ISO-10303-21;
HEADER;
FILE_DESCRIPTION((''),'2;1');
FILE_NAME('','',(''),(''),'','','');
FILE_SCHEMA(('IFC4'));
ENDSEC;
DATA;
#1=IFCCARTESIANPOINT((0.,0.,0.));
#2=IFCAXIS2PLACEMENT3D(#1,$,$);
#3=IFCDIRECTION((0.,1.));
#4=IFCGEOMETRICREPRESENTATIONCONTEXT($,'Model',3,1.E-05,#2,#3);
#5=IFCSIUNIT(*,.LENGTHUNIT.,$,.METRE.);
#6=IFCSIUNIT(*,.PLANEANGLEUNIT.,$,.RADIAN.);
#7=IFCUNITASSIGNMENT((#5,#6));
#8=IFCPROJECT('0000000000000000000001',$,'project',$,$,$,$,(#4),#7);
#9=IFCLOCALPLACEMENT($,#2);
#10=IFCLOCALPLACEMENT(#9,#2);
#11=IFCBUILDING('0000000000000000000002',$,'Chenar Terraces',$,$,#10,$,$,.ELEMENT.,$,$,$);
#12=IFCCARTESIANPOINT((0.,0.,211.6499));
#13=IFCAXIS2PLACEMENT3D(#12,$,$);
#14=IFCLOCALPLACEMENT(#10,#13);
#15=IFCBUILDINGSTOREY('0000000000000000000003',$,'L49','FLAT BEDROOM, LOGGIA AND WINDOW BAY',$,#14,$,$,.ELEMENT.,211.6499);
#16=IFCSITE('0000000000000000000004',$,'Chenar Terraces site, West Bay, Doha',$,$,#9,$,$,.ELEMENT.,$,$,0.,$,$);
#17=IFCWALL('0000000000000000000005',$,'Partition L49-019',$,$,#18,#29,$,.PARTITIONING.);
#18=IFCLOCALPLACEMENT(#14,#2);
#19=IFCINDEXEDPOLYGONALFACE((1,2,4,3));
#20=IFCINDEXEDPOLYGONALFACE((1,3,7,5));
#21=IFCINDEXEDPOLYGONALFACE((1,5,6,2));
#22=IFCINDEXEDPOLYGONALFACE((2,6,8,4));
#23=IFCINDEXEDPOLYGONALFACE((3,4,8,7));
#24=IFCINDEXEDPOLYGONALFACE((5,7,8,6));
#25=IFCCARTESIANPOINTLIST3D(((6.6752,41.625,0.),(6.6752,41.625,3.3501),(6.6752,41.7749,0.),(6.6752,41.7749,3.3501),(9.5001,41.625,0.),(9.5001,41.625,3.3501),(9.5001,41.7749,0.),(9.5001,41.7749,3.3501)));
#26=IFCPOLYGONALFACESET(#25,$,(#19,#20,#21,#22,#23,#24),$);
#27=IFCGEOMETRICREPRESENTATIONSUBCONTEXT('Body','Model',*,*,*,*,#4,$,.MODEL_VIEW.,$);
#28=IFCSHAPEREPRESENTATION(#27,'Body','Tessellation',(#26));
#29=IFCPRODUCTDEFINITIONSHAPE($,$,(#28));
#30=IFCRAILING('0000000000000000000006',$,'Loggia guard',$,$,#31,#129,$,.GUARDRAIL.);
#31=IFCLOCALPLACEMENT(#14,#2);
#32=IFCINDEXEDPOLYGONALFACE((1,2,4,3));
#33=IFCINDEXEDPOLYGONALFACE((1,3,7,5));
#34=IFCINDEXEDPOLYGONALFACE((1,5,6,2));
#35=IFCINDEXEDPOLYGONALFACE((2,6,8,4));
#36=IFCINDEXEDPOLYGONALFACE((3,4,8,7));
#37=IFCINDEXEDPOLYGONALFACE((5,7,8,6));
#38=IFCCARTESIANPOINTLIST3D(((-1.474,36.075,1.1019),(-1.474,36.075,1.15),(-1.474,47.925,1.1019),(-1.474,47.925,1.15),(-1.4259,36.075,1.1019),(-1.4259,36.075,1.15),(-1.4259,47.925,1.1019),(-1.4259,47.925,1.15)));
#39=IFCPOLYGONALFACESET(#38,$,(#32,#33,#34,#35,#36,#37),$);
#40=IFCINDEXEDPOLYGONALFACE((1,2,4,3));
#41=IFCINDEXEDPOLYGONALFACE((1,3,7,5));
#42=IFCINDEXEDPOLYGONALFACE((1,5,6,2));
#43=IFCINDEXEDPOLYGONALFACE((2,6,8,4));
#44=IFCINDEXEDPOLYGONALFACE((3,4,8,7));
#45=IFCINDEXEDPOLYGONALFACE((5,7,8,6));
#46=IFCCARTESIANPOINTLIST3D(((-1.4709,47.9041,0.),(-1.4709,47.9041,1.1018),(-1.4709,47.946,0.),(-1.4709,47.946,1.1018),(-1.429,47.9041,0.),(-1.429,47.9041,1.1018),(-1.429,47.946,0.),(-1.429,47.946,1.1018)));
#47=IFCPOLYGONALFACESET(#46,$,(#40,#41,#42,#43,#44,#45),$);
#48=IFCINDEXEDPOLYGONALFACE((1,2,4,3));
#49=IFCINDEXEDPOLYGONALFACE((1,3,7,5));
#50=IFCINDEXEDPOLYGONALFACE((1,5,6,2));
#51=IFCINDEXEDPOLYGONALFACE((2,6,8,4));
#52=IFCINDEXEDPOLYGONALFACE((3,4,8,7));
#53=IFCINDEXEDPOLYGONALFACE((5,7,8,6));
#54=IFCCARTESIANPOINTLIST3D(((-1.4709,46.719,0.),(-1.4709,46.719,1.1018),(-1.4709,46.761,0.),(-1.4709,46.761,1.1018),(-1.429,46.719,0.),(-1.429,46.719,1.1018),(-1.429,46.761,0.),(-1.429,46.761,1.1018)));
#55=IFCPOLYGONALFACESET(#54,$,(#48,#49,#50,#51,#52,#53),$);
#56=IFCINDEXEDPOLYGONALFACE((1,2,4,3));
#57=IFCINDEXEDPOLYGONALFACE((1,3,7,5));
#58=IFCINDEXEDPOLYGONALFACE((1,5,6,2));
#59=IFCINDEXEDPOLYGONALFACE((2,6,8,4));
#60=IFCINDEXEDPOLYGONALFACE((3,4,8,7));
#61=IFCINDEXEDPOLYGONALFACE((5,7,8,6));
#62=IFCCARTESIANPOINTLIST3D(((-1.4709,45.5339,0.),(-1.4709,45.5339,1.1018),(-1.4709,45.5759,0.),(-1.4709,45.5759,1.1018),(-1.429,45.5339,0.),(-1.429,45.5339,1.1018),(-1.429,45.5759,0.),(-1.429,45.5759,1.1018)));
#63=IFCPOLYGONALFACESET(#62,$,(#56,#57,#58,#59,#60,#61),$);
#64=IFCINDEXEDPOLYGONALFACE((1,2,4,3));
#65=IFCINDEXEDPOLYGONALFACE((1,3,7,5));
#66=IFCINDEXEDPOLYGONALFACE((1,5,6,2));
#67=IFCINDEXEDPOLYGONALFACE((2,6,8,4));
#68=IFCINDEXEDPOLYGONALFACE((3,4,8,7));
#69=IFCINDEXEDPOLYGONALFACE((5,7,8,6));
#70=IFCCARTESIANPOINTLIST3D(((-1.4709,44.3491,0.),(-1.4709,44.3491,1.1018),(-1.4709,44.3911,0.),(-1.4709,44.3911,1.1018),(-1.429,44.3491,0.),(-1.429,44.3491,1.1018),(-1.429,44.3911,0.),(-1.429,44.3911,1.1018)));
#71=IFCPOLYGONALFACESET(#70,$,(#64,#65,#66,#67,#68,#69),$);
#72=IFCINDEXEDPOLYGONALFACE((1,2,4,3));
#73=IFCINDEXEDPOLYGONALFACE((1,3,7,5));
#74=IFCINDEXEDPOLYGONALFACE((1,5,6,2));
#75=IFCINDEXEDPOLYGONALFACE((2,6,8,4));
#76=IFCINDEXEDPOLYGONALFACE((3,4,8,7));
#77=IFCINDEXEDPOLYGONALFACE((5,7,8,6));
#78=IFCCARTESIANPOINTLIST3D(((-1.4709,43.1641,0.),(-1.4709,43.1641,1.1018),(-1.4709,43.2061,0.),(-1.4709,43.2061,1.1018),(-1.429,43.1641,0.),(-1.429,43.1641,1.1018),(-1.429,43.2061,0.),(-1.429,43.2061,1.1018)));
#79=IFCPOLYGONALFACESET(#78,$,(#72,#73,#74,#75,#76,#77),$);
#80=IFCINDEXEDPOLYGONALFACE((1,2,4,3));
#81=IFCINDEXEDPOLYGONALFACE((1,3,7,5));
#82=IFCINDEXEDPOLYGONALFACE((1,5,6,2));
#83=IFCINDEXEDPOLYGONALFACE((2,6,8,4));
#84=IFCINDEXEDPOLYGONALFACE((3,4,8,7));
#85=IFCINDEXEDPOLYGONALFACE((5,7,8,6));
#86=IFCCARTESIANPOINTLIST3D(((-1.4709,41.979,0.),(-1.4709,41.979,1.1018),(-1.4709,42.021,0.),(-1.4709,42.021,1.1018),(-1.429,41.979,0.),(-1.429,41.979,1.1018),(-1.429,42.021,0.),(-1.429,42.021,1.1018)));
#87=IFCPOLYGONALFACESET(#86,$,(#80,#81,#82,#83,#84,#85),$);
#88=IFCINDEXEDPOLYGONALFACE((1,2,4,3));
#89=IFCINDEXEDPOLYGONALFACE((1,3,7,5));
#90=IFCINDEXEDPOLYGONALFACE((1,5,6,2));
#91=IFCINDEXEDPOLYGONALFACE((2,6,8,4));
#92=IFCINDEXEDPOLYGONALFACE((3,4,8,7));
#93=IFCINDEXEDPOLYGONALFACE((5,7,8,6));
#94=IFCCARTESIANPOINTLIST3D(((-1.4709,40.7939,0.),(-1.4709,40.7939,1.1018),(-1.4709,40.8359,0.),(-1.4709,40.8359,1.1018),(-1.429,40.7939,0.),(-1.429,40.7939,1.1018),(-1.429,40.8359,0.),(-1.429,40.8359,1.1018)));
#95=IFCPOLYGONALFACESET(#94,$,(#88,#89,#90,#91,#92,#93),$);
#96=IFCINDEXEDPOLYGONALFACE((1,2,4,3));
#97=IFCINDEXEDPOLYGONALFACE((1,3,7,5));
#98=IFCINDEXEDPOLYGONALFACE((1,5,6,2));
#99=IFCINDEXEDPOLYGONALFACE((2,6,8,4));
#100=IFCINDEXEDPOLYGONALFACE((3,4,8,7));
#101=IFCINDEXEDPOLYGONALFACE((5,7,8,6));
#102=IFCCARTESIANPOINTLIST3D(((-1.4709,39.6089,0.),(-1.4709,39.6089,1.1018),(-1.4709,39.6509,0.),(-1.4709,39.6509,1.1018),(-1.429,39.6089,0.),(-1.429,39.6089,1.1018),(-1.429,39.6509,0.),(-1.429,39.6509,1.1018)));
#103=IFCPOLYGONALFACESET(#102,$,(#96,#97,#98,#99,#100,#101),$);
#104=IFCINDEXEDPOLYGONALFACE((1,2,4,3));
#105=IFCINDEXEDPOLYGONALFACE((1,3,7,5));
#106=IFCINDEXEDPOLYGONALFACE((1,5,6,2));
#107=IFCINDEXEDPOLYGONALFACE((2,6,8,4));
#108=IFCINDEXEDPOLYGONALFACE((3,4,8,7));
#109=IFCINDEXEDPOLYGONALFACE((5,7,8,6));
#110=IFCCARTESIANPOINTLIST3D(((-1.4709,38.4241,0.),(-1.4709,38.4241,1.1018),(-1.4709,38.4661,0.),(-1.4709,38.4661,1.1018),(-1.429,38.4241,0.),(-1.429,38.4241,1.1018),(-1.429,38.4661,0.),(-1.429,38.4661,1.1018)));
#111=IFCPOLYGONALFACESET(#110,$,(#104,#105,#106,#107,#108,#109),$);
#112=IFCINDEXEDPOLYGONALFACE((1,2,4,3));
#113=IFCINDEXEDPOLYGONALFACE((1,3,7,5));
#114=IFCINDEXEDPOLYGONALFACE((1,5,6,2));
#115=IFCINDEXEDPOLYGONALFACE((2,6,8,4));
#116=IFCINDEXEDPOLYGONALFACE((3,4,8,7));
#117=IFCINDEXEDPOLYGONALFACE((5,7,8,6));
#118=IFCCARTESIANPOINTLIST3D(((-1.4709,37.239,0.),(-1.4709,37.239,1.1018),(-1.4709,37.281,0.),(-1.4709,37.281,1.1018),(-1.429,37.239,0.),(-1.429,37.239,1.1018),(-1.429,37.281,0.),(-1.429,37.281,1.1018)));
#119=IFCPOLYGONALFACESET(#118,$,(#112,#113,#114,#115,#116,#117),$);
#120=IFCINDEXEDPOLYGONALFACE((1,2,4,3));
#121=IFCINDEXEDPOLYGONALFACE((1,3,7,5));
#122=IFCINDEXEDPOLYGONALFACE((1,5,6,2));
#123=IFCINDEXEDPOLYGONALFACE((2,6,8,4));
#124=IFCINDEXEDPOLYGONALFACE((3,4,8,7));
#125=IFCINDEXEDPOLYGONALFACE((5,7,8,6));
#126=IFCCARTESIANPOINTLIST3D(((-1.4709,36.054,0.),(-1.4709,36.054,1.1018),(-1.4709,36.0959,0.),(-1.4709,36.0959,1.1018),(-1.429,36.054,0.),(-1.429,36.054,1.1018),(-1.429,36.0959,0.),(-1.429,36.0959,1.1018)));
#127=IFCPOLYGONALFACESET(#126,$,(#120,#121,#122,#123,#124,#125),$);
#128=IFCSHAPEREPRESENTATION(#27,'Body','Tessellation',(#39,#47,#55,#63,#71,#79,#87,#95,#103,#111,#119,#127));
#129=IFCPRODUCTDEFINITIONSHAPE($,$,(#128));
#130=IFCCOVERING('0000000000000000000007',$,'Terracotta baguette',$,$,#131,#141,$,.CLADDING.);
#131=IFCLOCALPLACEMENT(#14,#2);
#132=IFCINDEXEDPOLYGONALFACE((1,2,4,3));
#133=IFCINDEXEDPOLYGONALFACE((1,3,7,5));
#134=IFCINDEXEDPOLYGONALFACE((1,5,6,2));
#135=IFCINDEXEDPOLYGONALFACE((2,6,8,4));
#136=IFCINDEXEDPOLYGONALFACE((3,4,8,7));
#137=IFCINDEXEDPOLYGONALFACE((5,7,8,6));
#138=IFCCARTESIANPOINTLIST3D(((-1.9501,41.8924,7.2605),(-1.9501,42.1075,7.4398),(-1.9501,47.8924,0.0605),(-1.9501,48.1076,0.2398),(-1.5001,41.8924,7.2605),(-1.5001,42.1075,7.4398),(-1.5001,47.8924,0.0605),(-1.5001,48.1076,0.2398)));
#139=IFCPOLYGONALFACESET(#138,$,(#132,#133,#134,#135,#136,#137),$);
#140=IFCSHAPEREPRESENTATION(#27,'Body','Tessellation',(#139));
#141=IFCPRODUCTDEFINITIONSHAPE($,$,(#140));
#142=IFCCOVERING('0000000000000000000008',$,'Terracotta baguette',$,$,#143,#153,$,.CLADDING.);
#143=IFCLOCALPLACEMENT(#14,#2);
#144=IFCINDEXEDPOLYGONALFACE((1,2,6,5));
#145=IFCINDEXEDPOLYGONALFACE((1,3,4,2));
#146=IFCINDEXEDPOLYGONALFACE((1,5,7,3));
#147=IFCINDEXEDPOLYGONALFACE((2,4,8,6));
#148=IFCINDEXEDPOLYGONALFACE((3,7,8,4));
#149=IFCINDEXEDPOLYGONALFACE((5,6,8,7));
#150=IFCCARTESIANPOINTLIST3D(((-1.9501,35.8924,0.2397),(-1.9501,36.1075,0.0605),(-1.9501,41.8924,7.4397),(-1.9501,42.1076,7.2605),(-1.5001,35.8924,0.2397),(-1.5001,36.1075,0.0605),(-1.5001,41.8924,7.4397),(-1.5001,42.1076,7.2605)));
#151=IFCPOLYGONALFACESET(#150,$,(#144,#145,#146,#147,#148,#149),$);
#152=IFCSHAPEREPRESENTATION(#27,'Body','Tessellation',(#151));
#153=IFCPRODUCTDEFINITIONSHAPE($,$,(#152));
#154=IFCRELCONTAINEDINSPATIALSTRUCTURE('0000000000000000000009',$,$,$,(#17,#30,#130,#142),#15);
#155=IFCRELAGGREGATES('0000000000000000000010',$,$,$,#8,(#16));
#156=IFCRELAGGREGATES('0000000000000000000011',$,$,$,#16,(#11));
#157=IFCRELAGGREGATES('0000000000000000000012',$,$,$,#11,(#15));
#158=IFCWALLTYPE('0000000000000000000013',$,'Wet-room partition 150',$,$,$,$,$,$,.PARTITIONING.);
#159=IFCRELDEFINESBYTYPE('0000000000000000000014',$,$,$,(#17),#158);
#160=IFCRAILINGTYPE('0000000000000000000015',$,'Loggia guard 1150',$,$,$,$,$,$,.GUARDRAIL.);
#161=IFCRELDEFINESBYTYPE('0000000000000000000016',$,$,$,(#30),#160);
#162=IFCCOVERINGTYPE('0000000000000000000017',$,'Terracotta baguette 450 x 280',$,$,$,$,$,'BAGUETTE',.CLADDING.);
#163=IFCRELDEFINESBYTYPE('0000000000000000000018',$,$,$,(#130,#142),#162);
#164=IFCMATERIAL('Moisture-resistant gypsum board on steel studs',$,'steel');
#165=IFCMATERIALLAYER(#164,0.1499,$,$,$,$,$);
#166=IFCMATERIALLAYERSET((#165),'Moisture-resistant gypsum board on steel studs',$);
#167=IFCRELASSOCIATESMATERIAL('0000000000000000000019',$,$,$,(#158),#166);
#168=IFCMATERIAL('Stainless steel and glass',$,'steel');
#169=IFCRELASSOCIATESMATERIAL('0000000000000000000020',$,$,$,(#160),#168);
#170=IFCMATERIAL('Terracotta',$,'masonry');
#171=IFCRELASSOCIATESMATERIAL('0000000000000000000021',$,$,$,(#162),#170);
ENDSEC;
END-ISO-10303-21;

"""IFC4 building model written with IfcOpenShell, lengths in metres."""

from ifc_helpers import new_model, si_unit, direction, frame, frame_2d, origin, origin_2d, place, context, subcontext, project, spatial, rectangle, extrude, material, layer, layer_set, material_profile, profile_set, type_object, element, save


model = new_model("IFC4")

# Units and contexts
model_context = context("Model", 3, precision=1e-05, world=origin(), true_north=direction((0.0, 1.0)))
body_context = subcontext(model_context, "Body", "Model", "MODEL_VIEW")
ifc_project = project(units=[si_unit("LENGTHUNIT", "METRE"), si_unit("PLANEANGLEUNIT", "RADIAN")], contexts=[model_context])

# Site, building, storey
site_placement = place(None, origin())
site = spatial("IfcSite", under=ifc_project, at=site_placement, Name="Chenar Terraces site, West Bay, Doha", CompositionType="ELEMENT", RefElevation=0.0)
building_placement = place(site_placement, origin())
building = spatial("IfcBuilding", under=site, at=building_placement, Name="Chenar Terraces", CompositionType="ELEMENT")
storey_placement = place(building_placement, frame((0.0, 0.0, 211.6499)))
storey = spatial("IfcBuildingStorey", under=building, at=storey_placement, Name="L49", Description="FLAT BEDROOM, LOGGIA AND WINDOW BAY", CompositionType="ELEMENT", Elevation=211.6499)

# Shared definitions
ifc_material_1 = material(Name="Moisture-resistant gypsum board on steel studs", Category="steel")
ifc_layer_1 = layer(ifc_material_1, 0.1499)
ifc_layer_set_1 = layer_set([ifc_layer_1], Name="Moisture-resistant gypsum board on steel studs")
wall_type_1 = type_object("IfcWallType", Name="Wet-room partition 150", PredefinedType="PARTITIONING", material=ifc_layer_set_1)

# Wall
wall_1_placement = place(storey_placement, frame((6.675, 41.7, 0.0), z_axis=(0.0, 0.0, 1.0), x_axis=(1.0, 0.0, 0.0)))
element("IfcWall", 1, at=wall_1_placement, inside=storey, type_object=wall_type_1, Name="Partition L49-019", PredefinedType="PARTITIONING", context=body_context, shape_type="SweptSolid", body=[
    extrude(rectangle(XDim=2.825, YDim=0.1499, at=frame_2d((1.4126, 0.0))), origin(), (0.0, 0.0, 1.0), 3.3501),
])

# Railing
ifc_material_2 = material(Name="Stainless steel and glass", Category="steel")
railing_type = type_object("IfcRailingType", Name="Loggia guard 1150", PredefinedType="GUARDRAIL", material=ifc_material_2)
railing_placement = place(storey_placement, frame((-1.45, 47.925, 0.0)))
element("IfcRailing", 2, at=railing_placement, inside=storey, type_object=railing_type, Name="Loggia guard", PredefinedType="GUARDRAIL", context=body_context, shape_type="SweptSolid", body=[
    extrude(rectangle(XDim=0.0481, YDim=0.0481, at=origin_2d()), frame((0.0, 0.0, 1.126), z_axis=(0.0, -1.0, 0.0), x_axis=(1.0, 0.0, 0.0)), (0.0, 0.0, 1.0), 11.8501),
    extrude(rectangle(XDim=0.042, YDim=0.042, at=origin_2d()), origin(), (0.0, 0.0, 1.0), 1.1018),
    extrude(rectangle(XDim=0.042, YDim=0.042, at=origin_2d()), frame((0.0, -1.1851, 0.0)), (0.0, 0.0, 1.0), 1.1018),
    extrude(rectangle(XDim=0.042, YDim=0.042, at=origin_2d()), frame((0.0, -2.3701, 0.0)), (0.0, 0.0, 1.0), 1.1018),
    extrude(rectangle(XDim=0.042, YDim=0.042, at=origin_2d()), frame((0.0, -3.5549, 0.0)), (0.0, 0.0, 1.0), 1.1018),
    extrude(rectangle(XDim=0.042, YDim=0.042, at=origin_2d()), frame((0.0, -4.74, 0.0)), (0.0, 0.0, 1.0), 1.1018),
    extrude(rectangle(XDim=0.042, YDim=0.042, at=origin_2d()), frame((0.0, -5.925, 0.0)), (0.0, 0.0, 1.0), 1.1018),
    extrude(rectangle(XDim=0.042, YDim=0.042, at=origin_2d()), frame((0.0, -7.1101, 0.0)), (0.0, 0.0, 1.0), 1.1018),
    extrude(rectangle(XDim=0.042, YDim=0.042, at=origin_2d()), frame((0.0, -8.2952, 0.0)), (0.0, 0.0, 1.0), 1.1018),
    extrude(rectangle(XDim=0.042, YDim=0.042, at=origin_2d()), frame((0.0, -9.48, 0.0)), (0.0, 0.0, 1.0), 1.1018),
    extrude(rectangle(XDim=0.042, YDim=0.042, at=origin_2d()), frame((0.0, -10.665, 0.0)), (0.0, 0.0, 1.0), 1.1018),
    extrude(rectangle(XDim=0.042, YDim=0.042, at=origin_2d()), frame((0.0, -11.8501, 0.0)), (0.0, 0.0, 1.0), 1.1018),
])

# Coverings
ifc_material_3 = material(Name="Terracotta", Category="masonry")
ifc_material_profile_1 = material_profile(ifc_material_3, rectangle(XDim=0.45, YDim=0.28, at=origin_2d()), Name="Terracotta baguette 450 x 280")
ifc_profile_set_1 = profile_set([ifc_material_profile_1], Name="Terracotta")
covering_type = type_object("IfcCoveringType", Name="Terracotta baguette 450 x 280", ElementType="BAGUETTE", PredefinedType="CLADDING", material=ifc_profile_set_1)
for number, where, z_axis, x_axis, name in (
    (3, (-1.7251, 48.0, 0.1501), (0.0, -0.640187, 0.768219), (1.0, 0.0, 0.0), "Terracotta baguette"),
    (4, (-1.7251, 42.0, 7.3501), (0.0, -0.640187, -0.768219), (1.0, 0.0, 0.0), "Terracotta baguette"),
):
    element("IfcCovering", number, at=place(storey_placement, frame(where, z_axis=z_axis, x_axis=x_axis)), inside=storey, type_object=covering_type, Name=name, PredefinedType="CLADDING", context=body_context, shape_type="SweptSolid", body=[
        extrude(rectangle(XDim=0.45, YDim=0.28, at=origin_2d()), origin(), (0.0, 0.0, 1.0), 9.3723),
    ])

save(model, "model.ifc")
